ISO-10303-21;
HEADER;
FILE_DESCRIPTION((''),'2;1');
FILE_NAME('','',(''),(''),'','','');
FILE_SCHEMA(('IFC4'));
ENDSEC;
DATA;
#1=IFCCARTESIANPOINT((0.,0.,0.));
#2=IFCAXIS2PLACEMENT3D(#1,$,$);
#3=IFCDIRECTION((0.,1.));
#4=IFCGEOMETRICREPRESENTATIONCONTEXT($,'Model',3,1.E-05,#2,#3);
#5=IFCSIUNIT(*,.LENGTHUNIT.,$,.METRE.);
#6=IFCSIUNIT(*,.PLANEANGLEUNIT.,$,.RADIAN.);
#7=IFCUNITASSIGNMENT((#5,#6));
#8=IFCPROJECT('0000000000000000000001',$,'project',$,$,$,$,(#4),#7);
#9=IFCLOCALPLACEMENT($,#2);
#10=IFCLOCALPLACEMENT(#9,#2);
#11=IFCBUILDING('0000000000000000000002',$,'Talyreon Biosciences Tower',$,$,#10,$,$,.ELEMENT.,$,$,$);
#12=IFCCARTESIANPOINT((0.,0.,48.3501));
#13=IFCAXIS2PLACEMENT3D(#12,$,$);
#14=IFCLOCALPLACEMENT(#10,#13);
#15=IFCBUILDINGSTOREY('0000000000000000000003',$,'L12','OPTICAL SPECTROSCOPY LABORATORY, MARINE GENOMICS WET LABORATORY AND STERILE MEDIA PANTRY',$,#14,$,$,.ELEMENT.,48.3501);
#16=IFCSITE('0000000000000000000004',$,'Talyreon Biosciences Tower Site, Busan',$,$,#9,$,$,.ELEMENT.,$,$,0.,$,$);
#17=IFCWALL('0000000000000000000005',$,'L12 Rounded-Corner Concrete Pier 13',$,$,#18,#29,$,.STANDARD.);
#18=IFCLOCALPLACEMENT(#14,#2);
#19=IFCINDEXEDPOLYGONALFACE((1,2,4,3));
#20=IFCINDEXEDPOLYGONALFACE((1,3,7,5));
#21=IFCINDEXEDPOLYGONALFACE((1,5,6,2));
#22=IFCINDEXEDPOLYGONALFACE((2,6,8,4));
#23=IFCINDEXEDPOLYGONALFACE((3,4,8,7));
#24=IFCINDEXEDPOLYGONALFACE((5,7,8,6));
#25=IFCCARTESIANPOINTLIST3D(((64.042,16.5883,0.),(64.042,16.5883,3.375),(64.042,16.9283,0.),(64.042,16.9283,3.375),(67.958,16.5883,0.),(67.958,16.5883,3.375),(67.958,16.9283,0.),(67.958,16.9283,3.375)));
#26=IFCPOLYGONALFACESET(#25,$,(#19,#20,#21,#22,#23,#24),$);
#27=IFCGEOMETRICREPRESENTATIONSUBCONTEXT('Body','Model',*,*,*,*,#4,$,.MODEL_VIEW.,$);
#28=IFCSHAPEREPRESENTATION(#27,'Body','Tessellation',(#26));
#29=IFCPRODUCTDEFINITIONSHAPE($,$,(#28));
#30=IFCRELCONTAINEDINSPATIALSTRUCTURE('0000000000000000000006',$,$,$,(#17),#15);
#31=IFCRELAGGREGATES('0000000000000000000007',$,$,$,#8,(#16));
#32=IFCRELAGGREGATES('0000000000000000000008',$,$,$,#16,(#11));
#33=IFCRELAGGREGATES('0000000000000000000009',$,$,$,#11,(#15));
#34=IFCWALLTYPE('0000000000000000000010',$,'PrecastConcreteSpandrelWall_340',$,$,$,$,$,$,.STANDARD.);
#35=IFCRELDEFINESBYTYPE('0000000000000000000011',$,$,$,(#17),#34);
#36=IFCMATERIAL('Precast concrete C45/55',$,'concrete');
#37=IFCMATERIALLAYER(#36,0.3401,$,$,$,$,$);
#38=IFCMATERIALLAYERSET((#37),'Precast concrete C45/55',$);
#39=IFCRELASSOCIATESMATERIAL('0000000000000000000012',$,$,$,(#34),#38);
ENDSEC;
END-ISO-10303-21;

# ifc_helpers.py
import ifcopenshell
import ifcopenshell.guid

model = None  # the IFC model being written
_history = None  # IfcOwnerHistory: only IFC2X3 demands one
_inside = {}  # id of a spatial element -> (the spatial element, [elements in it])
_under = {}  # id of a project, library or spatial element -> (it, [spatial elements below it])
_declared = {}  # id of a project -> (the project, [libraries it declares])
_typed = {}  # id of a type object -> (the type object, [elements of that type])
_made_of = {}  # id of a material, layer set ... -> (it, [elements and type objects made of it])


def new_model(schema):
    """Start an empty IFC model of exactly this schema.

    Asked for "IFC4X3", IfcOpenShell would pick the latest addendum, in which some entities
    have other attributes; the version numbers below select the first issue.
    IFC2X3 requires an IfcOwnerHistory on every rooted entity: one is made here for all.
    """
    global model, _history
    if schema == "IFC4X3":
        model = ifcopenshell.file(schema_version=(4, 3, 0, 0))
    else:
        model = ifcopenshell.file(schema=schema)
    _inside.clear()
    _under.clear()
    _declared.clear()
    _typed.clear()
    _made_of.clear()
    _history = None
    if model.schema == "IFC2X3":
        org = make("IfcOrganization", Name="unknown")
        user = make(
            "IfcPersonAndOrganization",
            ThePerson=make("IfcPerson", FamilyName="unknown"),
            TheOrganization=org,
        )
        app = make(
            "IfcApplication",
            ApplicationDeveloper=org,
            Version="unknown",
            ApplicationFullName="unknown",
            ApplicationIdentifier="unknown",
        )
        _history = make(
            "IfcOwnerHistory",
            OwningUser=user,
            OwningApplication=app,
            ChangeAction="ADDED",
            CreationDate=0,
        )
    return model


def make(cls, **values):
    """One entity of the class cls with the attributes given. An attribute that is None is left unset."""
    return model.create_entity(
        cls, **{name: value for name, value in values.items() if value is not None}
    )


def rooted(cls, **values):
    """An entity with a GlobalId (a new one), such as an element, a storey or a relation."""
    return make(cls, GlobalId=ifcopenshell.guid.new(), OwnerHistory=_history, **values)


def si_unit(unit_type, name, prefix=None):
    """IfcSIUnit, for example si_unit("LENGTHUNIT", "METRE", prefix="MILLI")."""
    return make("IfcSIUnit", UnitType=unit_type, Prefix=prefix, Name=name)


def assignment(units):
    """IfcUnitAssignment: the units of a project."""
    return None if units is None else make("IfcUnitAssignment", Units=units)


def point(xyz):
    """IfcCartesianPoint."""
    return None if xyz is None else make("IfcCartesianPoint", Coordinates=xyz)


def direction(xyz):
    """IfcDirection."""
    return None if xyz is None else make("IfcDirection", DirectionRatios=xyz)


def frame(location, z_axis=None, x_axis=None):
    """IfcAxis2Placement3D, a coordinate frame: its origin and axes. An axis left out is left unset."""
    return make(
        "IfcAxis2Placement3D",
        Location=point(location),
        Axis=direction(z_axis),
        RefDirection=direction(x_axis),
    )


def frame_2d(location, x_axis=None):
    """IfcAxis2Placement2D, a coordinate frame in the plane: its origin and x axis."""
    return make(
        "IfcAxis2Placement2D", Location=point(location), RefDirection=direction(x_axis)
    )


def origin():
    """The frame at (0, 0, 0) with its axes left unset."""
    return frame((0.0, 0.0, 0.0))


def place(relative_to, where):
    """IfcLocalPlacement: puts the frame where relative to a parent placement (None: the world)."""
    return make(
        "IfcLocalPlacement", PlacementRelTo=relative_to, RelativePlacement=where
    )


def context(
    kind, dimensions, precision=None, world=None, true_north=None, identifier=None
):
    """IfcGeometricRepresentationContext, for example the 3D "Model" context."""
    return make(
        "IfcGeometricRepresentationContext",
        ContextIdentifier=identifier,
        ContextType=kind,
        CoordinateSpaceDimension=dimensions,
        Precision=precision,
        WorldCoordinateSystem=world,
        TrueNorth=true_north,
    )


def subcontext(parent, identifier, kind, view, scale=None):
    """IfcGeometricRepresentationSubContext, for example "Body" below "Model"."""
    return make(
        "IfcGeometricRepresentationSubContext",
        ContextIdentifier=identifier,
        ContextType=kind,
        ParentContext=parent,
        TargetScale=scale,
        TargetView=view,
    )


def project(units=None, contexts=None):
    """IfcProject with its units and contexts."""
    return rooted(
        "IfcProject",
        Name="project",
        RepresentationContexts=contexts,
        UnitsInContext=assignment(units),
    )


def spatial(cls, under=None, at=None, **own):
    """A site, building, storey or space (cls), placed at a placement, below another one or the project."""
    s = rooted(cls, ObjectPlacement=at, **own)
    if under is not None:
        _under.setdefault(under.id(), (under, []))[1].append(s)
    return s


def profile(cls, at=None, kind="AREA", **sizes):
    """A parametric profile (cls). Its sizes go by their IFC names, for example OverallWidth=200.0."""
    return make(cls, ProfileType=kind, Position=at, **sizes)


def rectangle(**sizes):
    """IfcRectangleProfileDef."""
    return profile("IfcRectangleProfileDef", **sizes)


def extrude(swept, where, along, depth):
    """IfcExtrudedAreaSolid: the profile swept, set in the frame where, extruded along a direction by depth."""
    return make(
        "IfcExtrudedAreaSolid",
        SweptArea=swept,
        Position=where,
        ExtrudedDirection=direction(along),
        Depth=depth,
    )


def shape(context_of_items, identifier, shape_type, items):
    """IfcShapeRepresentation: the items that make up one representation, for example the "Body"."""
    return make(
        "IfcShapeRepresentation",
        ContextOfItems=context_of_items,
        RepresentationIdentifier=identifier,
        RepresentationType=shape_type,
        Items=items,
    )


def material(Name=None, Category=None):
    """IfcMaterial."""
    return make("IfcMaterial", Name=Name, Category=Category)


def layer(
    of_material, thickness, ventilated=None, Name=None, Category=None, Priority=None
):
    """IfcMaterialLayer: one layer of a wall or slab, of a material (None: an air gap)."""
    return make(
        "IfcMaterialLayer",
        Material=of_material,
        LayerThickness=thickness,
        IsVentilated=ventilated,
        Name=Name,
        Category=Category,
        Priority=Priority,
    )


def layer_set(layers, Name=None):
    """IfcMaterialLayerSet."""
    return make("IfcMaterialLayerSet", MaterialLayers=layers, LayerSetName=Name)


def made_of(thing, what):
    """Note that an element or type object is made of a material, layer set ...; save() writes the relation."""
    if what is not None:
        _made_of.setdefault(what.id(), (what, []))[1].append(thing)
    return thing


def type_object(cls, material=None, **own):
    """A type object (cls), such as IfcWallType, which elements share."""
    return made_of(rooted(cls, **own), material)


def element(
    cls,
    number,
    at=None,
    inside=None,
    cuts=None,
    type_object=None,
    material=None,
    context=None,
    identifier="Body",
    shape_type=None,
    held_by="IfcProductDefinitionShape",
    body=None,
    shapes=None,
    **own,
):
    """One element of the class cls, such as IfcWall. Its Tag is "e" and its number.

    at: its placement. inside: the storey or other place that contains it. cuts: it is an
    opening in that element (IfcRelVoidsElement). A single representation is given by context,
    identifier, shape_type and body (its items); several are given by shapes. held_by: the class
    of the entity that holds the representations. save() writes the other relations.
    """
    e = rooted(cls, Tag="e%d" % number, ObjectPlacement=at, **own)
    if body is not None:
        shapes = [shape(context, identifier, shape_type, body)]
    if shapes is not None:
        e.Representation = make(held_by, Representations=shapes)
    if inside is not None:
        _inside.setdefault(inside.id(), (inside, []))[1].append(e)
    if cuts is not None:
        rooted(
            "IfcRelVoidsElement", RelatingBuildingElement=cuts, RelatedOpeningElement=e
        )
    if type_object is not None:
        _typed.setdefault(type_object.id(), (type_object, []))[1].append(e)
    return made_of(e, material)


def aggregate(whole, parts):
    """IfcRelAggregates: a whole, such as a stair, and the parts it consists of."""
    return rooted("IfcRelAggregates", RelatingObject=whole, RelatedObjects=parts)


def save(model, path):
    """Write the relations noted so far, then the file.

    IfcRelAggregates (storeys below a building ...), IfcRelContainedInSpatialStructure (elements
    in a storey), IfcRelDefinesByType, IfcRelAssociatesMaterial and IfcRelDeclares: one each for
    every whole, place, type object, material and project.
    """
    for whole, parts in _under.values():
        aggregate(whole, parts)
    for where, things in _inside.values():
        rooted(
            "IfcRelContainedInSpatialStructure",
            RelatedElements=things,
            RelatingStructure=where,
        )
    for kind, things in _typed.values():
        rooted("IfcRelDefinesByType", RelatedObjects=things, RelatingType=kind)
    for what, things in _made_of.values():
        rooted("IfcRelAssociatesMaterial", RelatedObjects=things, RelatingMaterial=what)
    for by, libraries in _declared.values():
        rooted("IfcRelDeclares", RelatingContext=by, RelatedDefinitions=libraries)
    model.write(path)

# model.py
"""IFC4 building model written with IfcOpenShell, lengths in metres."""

from ifc_helpers import new_model, si_unit, direction, frame, frame_2d, origin, place, context, subcontext, project, spatial, rectangle, extrude, material, layer, layer_set, type_object, element, save


model = new_model("IFC4")

# Units and contexts
model_context = context("Model", 3, precision=1e-05, world=origin(), true_north=direction((0.0, 1.0)))
body_context = subcontext(model_context, "Body", "Model", "MODEL_VIEW")
ifc_project = project(units=[si_unit("LENGTHUNIT", "METRE"), si_unit("PLANEANGLEUNIT", "RADIAN")], contexts=[model_context])

# Site, building, storey
site_placement = place(None, origin())
site = spatial("IfcSite", under=ifc_project, at=site_placement, Name="Talyreon Biosciences Tower Site, Busan", CompositionType="ELEMENT", RefElevation=0.0)
building_placement = place(site_placement, origin())
building = spatial("IfcBuilding", under=site, at=building_placement, Name="Talyreon Biosciences Tower", CompositionType="ELEMENT")
storey_placement = place(building_placement, frame((0.0, 0.0, 48.3501)))
storey = spatial("IfcBuildingStorey", under=building, at=storey_placement, Name="L12", Description="OPTICAL SPECTROSCOPY LABORATORY, MARINE GENOMICS WET LABORATORY AND STERILE MEDIA PANTRY", CompositionType="ELEMENT", Elevation=48.3501)

# Shared definitions
ifc_material_1 = material(Name="Precast concrete C45/55", Category="concrete")

# Wall
ifc_layer_1 = layer(ifc_material_1, 0.3401)
ifc_layer_set_1 = layer_set([ifc_layer_1], Name="Precast concrete C45/55")
wall_type_1 = type_object("IfcWallType", Name="PrecastConcreteSpandrelWall_340", PredefinedType="STANDARD", material=ifc_layer_set_1)
wall_1_placement = place(storey_placement, frame((67.958, 16.7583, 0.0), z_axis=(0.0, 0.0, 1.0), x_axis=(-1.0, 0.0, 0.0)))
element("IfcWall", 1, at=wall_1_placement, inside=storey, type_object=wall_type_1, Name="L12 Rounded-Corner Concrete Pier 13", PredefinedType="STANDARD", context=body_context, shape_type="SweptSolid", body=[
    extrude(rectangle(XDim=3.916, YDim=0.3401, at=frame_2d((1.958, 0.0))), origin(), (0.0, 0.0, 1.0), 3.375),
])

save(model, "model.ifc")
